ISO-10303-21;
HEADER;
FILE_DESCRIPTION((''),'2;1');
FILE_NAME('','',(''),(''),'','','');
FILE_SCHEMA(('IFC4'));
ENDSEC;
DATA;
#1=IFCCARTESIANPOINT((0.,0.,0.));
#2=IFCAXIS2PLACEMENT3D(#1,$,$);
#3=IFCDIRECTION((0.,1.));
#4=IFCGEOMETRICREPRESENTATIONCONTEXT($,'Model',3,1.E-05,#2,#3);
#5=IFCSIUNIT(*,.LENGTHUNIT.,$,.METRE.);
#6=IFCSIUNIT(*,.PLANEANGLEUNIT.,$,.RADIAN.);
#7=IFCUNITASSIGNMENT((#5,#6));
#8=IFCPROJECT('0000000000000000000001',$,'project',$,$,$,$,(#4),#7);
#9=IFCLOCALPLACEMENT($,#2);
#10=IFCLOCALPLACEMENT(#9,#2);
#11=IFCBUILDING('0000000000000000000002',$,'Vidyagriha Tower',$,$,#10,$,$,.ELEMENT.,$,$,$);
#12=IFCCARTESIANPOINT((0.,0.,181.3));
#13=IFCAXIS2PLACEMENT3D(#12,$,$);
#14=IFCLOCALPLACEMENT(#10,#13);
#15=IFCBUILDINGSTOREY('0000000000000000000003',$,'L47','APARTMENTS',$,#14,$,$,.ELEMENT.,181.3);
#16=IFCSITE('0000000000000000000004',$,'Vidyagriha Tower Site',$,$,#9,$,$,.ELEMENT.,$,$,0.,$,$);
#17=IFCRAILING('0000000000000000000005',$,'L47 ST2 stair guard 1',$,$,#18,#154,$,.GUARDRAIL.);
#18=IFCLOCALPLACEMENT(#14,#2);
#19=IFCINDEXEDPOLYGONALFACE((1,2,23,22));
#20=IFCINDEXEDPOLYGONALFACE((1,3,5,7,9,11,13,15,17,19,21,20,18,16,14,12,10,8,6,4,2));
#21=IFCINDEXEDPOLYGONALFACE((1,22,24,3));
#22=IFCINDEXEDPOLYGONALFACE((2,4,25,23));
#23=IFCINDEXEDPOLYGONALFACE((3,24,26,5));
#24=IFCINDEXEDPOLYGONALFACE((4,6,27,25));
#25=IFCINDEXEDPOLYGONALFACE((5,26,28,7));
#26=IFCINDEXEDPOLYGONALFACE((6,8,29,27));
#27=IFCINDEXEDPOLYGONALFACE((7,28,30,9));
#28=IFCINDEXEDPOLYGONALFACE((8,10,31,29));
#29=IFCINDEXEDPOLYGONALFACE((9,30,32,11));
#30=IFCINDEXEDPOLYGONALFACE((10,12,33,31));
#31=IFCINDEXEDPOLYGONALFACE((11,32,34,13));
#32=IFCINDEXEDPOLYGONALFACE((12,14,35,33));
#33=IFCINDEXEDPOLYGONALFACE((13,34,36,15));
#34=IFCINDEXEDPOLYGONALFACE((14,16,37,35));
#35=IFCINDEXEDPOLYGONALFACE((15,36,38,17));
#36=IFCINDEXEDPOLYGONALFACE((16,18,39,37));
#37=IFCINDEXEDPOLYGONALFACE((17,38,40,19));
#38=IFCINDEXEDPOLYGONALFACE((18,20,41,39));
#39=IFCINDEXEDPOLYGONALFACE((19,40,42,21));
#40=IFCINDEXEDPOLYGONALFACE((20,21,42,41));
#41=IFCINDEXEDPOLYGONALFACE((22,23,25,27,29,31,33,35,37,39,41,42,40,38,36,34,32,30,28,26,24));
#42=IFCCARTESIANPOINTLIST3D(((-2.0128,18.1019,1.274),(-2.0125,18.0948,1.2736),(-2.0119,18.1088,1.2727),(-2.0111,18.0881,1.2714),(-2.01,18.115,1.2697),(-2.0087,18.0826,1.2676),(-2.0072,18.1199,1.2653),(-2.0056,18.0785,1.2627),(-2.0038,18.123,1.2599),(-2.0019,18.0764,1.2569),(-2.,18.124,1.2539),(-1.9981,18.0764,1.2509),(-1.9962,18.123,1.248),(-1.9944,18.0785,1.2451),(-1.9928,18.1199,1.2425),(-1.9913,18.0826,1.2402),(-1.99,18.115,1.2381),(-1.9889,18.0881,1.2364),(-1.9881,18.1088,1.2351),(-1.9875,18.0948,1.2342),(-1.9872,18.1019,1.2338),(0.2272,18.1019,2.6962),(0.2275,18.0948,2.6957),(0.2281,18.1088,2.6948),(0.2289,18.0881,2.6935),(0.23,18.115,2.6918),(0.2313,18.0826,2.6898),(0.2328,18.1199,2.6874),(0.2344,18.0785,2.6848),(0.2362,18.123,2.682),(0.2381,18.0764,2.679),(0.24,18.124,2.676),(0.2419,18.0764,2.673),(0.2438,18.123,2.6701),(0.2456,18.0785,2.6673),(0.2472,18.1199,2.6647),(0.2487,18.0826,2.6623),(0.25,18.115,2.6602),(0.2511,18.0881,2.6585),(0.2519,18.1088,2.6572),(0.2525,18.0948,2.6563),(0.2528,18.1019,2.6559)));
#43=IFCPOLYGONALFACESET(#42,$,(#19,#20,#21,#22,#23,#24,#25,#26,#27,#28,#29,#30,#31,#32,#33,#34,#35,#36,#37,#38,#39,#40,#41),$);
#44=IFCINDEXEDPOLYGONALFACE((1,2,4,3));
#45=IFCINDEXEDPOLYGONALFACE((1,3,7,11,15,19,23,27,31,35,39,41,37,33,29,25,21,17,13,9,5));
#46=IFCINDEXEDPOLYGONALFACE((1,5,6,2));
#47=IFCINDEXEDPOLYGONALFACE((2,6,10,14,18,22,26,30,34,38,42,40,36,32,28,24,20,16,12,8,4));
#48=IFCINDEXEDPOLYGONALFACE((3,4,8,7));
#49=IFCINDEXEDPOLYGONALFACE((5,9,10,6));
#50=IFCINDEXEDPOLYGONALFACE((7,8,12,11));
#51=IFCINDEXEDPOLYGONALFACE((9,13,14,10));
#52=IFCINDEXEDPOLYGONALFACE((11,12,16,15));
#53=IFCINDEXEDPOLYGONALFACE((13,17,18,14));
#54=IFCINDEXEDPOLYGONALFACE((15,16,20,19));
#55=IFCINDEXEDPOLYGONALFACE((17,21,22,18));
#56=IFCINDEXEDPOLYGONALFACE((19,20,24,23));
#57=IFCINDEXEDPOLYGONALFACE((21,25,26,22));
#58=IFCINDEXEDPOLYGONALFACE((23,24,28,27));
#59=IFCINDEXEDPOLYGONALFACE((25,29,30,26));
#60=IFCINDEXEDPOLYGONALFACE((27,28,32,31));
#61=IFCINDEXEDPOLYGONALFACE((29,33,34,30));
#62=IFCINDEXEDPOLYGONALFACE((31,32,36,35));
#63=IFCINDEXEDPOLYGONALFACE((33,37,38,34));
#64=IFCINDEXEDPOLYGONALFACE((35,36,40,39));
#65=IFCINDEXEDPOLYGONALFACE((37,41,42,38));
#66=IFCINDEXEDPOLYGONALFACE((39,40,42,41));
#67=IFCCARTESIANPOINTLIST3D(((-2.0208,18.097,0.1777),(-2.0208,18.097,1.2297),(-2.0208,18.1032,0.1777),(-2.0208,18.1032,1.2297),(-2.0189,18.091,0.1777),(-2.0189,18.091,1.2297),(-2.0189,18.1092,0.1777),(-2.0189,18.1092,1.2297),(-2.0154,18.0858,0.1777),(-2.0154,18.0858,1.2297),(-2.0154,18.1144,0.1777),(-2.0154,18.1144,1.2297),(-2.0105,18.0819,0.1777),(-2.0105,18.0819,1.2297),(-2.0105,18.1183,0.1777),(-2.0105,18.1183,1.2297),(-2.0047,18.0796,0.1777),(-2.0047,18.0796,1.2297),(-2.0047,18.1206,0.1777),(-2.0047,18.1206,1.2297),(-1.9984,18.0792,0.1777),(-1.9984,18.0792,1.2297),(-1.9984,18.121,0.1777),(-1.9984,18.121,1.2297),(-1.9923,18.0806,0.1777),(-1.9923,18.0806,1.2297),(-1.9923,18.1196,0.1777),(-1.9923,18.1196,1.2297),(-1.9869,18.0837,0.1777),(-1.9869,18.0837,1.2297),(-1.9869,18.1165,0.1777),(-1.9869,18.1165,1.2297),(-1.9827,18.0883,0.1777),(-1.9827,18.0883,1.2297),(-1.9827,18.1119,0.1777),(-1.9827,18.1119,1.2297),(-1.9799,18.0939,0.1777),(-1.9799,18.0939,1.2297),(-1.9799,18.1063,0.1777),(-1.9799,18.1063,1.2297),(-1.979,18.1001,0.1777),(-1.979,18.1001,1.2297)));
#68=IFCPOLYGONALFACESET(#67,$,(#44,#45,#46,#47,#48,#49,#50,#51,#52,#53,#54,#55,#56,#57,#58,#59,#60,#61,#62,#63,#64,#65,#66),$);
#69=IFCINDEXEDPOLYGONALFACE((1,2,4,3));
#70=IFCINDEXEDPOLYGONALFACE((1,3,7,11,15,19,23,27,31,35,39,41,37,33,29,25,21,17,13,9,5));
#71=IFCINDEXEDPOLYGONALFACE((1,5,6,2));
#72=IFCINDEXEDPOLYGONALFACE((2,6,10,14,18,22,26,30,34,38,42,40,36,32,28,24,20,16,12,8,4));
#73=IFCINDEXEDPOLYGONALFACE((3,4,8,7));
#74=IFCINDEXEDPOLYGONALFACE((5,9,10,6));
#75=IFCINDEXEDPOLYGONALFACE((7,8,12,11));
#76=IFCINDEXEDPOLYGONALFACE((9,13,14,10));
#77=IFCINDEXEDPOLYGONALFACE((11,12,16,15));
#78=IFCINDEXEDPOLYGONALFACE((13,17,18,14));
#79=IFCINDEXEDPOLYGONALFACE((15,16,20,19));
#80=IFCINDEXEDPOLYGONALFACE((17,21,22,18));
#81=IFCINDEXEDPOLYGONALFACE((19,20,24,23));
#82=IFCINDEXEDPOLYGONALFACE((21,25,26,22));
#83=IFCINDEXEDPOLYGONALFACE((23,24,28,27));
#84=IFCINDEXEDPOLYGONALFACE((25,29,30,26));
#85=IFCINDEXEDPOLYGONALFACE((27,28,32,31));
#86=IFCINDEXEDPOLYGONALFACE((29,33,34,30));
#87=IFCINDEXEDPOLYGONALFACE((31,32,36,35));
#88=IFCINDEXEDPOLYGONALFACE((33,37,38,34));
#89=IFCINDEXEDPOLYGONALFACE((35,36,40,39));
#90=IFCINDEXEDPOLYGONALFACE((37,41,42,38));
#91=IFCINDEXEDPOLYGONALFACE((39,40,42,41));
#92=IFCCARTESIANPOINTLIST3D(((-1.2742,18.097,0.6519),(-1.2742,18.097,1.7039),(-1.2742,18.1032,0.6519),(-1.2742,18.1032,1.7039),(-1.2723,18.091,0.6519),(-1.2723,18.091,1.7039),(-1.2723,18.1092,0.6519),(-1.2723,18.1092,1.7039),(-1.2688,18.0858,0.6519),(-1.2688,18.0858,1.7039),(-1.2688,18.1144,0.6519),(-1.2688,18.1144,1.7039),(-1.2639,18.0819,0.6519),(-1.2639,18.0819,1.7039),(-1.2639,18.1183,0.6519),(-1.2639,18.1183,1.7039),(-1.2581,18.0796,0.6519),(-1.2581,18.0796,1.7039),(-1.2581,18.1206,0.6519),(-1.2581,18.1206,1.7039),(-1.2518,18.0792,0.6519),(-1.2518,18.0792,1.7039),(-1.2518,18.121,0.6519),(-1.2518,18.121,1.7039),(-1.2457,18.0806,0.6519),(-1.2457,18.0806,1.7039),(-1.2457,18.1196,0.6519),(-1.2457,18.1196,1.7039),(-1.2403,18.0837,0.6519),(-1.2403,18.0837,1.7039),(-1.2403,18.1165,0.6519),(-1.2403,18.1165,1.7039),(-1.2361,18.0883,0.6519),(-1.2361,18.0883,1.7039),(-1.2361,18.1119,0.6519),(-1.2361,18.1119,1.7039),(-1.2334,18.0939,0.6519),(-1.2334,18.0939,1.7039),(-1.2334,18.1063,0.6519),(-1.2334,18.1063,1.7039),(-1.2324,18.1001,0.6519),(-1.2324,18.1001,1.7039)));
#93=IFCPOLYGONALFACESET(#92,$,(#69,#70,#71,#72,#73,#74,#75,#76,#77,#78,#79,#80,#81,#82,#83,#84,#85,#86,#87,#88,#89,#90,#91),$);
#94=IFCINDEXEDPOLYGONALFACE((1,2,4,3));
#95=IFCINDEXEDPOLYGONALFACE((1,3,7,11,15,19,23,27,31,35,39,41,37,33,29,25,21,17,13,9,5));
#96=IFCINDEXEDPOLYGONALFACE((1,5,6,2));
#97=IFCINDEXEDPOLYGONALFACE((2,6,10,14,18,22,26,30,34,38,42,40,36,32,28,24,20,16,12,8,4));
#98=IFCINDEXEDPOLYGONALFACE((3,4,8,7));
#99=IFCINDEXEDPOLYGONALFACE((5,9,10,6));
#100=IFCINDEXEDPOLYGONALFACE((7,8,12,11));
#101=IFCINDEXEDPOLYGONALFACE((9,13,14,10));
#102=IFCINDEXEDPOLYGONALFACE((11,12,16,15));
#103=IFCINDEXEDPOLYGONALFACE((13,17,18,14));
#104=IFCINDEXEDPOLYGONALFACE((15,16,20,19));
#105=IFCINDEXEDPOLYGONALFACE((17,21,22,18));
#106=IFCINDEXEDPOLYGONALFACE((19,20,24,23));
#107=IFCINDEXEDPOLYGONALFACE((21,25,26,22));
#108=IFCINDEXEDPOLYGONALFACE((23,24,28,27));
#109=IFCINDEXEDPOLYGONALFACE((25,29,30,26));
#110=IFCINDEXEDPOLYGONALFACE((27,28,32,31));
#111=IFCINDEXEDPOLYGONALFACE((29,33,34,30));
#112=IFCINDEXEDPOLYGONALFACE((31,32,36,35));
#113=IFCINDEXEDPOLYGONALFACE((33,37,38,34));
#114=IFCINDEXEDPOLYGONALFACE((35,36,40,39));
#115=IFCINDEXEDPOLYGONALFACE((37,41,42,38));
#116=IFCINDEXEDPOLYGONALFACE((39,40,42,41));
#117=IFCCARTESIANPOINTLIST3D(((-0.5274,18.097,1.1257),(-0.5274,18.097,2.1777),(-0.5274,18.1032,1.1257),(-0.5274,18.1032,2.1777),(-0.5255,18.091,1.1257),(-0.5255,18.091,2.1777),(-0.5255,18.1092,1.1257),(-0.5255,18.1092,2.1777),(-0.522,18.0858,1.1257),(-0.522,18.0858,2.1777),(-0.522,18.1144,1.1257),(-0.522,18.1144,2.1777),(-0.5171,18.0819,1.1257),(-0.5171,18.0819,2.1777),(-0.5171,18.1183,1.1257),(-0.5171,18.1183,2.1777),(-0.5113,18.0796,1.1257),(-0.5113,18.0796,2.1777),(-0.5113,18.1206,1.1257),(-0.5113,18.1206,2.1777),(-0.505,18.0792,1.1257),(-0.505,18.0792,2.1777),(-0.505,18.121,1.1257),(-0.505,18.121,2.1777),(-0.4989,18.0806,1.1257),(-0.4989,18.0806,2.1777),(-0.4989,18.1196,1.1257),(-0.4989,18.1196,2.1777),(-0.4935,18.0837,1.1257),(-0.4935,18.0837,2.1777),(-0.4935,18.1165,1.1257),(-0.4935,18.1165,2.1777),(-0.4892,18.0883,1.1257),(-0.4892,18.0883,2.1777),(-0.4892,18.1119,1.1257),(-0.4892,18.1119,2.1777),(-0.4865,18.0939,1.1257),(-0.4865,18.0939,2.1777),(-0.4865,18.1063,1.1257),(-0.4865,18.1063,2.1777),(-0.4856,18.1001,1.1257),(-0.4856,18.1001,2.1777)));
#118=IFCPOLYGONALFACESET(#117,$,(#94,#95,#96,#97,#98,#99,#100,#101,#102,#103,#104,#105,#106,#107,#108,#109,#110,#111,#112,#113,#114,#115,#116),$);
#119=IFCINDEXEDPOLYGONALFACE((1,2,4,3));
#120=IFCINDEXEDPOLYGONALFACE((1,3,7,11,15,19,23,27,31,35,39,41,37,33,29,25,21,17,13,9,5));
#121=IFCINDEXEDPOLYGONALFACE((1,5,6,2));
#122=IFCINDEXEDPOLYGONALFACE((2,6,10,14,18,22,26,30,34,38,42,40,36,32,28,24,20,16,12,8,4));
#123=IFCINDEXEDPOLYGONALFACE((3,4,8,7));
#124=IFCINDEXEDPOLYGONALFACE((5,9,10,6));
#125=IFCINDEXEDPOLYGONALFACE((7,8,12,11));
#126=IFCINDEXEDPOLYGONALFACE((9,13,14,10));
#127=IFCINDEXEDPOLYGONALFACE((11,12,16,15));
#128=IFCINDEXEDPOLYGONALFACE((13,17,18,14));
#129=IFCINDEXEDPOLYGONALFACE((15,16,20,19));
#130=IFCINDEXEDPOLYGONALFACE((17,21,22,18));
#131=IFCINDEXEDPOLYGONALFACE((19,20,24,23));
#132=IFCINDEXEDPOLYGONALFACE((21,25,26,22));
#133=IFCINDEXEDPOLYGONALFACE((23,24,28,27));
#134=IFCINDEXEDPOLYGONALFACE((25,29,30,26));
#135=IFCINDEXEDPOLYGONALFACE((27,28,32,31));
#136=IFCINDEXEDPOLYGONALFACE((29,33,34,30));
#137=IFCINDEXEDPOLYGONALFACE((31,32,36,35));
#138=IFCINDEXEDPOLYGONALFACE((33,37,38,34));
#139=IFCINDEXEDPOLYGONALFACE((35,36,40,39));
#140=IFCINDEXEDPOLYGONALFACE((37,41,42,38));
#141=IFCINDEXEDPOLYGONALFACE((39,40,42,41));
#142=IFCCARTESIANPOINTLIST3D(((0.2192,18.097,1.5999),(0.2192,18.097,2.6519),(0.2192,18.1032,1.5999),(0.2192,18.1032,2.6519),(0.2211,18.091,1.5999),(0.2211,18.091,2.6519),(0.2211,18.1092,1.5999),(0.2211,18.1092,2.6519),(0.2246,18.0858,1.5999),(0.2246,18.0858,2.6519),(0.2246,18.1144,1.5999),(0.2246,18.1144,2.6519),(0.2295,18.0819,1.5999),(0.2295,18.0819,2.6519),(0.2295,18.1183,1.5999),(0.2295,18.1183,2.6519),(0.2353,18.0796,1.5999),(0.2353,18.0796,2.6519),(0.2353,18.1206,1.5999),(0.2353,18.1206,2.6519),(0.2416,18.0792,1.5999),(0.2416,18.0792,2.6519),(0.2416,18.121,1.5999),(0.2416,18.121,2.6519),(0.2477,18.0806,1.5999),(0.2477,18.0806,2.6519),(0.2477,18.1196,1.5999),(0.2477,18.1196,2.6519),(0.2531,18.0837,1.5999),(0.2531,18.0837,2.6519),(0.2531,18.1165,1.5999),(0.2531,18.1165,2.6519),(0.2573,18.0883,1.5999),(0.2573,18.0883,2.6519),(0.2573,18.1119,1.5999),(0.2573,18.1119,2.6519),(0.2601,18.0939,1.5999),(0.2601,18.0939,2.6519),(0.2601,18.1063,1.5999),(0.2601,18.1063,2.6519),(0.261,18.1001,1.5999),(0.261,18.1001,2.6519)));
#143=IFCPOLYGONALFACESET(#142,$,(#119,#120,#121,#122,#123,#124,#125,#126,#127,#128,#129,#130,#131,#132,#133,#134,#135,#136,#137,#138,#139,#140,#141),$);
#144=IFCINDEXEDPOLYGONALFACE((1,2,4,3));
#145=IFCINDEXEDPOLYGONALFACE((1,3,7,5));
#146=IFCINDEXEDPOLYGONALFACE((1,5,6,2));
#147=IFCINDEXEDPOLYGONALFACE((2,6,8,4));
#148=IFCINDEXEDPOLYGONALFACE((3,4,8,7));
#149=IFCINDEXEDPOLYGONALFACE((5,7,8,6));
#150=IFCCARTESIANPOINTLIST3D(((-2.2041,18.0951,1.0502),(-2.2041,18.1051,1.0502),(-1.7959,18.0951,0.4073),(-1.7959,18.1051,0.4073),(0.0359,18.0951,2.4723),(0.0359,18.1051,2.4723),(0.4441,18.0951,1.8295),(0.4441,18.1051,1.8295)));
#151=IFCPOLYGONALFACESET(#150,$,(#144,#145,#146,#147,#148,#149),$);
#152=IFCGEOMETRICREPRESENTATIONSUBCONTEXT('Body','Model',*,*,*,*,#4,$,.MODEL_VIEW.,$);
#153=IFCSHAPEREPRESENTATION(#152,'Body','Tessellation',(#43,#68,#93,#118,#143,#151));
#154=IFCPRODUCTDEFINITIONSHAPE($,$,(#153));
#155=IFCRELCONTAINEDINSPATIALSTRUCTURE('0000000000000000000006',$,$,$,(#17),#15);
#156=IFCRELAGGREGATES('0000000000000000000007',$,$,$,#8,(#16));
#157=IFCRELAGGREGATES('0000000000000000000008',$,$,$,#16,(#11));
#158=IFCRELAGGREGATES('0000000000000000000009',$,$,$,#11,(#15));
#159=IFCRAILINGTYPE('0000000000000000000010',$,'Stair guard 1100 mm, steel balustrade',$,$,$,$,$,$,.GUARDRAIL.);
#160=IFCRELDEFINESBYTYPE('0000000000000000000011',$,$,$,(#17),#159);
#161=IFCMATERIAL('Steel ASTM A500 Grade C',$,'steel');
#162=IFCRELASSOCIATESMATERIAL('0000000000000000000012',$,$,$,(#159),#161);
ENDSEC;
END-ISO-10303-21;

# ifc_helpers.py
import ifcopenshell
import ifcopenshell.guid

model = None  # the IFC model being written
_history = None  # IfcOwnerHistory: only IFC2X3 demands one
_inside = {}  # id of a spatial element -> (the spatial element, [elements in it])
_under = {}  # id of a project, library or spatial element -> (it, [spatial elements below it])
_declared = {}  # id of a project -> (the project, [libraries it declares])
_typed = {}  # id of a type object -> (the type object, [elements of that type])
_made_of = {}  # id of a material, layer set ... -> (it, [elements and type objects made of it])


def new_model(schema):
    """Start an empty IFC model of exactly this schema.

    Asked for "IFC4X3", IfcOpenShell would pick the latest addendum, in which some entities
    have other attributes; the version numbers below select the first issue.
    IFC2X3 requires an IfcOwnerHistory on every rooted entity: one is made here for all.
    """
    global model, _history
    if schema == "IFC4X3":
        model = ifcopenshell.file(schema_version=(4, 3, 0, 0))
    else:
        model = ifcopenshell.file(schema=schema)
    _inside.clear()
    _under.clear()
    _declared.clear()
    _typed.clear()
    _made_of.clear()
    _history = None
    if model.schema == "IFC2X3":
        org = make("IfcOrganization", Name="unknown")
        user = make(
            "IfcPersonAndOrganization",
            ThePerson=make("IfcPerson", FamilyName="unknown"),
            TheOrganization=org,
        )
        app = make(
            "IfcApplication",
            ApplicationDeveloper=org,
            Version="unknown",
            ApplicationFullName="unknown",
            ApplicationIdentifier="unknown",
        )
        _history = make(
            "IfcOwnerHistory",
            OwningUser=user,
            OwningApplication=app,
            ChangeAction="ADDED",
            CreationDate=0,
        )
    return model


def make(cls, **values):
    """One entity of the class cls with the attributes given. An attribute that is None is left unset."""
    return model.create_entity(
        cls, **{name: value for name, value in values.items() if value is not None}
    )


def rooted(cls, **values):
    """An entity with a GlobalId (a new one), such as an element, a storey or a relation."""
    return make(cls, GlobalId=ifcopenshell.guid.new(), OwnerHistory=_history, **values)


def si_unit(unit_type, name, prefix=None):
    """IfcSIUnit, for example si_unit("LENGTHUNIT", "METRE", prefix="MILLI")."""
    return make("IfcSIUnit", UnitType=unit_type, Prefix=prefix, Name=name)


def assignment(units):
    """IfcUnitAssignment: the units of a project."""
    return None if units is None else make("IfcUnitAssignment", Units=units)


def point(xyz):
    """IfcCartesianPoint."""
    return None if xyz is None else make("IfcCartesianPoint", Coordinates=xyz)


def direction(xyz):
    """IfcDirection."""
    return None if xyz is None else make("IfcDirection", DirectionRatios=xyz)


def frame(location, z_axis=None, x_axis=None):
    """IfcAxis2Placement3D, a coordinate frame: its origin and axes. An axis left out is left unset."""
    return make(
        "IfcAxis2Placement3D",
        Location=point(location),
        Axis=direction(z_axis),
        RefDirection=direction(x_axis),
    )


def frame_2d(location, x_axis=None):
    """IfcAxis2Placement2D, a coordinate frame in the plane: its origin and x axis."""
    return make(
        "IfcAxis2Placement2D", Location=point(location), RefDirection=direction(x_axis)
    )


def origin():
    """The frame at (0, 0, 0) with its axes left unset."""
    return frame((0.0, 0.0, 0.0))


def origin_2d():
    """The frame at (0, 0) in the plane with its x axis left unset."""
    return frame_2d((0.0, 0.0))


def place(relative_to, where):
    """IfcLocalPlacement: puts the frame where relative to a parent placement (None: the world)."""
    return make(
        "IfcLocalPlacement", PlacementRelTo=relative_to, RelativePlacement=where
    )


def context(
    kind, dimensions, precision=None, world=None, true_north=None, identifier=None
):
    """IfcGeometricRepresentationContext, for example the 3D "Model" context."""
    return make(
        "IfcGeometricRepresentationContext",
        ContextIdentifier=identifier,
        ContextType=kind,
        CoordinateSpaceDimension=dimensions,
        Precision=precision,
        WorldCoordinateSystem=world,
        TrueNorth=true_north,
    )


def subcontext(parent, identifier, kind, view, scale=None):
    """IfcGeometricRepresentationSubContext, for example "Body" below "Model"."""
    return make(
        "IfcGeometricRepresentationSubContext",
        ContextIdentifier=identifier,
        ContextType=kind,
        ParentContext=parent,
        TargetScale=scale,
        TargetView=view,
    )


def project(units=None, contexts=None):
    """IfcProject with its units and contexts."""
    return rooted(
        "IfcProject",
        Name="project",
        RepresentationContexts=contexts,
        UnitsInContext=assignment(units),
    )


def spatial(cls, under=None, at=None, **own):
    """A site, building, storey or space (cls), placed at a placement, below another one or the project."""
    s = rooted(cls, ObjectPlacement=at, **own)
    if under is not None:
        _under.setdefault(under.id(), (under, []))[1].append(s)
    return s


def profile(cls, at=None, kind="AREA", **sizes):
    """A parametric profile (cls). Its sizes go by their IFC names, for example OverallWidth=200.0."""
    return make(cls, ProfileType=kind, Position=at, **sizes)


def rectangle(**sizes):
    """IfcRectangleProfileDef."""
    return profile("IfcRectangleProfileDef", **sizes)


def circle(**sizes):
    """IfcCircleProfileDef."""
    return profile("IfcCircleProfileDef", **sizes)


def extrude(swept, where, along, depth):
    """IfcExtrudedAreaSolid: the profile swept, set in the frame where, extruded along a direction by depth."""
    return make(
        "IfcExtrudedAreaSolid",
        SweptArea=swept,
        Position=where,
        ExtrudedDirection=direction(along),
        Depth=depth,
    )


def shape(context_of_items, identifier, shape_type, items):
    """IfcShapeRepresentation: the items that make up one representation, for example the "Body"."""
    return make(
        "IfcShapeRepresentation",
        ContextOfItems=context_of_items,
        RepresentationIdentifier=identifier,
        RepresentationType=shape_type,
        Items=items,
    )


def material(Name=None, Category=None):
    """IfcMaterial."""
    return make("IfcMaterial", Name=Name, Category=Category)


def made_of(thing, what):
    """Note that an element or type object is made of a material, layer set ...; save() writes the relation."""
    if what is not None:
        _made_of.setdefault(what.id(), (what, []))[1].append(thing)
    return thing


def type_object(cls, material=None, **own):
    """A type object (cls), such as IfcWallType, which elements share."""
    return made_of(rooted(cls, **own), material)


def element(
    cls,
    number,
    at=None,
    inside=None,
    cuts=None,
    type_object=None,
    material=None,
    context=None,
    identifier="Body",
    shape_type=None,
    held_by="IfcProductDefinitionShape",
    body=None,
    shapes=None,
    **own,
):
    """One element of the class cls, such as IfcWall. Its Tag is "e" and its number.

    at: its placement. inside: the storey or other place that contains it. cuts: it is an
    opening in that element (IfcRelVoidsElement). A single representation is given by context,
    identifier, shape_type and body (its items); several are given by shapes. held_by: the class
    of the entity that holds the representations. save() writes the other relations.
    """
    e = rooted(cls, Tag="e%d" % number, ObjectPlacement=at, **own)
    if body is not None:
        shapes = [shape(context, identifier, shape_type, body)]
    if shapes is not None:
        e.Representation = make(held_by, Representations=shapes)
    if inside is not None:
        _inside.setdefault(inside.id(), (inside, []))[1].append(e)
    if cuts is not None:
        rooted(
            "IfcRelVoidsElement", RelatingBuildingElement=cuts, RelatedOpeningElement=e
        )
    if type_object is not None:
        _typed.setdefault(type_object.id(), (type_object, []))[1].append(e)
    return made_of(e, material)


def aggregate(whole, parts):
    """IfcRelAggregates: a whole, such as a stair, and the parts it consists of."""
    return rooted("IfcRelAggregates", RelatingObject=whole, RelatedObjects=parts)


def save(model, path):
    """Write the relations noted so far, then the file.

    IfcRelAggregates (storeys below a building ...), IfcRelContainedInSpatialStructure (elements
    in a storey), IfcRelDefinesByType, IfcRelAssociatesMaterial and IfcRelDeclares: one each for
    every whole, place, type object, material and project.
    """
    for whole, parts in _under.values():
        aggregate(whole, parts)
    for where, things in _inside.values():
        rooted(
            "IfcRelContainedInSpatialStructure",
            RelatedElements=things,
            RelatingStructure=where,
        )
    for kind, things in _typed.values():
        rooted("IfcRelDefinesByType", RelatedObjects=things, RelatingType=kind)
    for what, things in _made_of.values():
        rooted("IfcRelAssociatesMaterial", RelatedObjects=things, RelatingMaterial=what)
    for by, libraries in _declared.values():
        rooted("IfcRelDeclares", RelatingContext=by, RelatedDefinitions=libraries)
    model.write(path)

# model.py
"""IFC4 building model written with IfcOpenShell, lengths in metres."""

from ifc_helpers import new_model, si_unit, direction, frame, origin, origin_2d, place, context, subcontext, project, spatial, rectangle, circle, extrude, material, type_object, element, save


model = new_model("IFC4")

# Units and contexts
model_context = context("Model", 3, precision=1e-05, world=origin(), true_north=direction((0.0, 1.0)))
body_context = subcontext(model_context, "Body", "Model", "MODEL_VIEW")
ifc_project = project(units=[si_unit("LENGTHUNIT", "METRE"), si_unit("PLANEANGLEUNIT", "RADIAN")], contexts=[model_context])

# Site, building, storey
site_placement = place(None, origin())
site = spatial("IfcSite", under=ifc_project, at=site_placement, Name="Vidyagriha Tower Site", CompositionType="ELEMENT", RefElevation=0.0)
building_placement = place(site_placement, origin())
building = spatial("IfcBuilding", under=site, at=building_placement, Name="Vidyagriha Tower", CompositionType="ELEMENT")
storey_placement = place(building_placement, frame((0.0, 0.0, 181.3)))
storey = spatial("IfcBuildingStorey", under=building, at=storey_placement, Name="L47", Description="APARTMENTS", CompositionType="ELEMENT", Elevation=181.3)

# Railing
ifc_material_1 = material(Name="Steel ASTM A500 Grade C", Category="steel")
railing_type_1 = type_object("IfcRailingType", Name="Stair guard 1100 mm, steel balustrade", PredefinedType="GUARDRAIL", material=ifc_material_1)
railing_1_placement = place(storey_placement, frame((-2.0, 18.1001, 0.1777)))
element("IfcRailing", 1, at=railing_1_placement, inside=storey, type_object=railing_type_1, Name="L47 ST2 stair guard 1", PredefinedType="GUARDRAIL", context=body_context, shape_type="SweptSolid", body=[
    extrude(circle(Radius=0.0239, at=origin_2d()), frame((0.0, 0.0, 1.0762), z_axis=(0.844229, 0.0, 0.535982), x_axis=(0.0, 1.0, 0.0)), (0.0, 0.0, 1.0), 2.6533),
    extrude(circle(Radius=0.021, at=origin_2d()), origin(), (0.0, 0.0, 1.0), 1.052),
    extrude(circle(Radius=0.021, at=origin_2d()), frame((0.7466, 0.0, 0.4741)), (0.0, 0.0, 1.0), 1.052),
    extrude(circle(Radius=0.021, at=origin_2d()), frame((1.4934, 0.0, 0.948)), (0.0, 0.0, 1.0), 1.052),
    extrude(circle(Radius=0.021, at=origin_2d()), frame((2.24, 0.0, 1.4221)), (0.0, 0.0, 1.0), 1.052),
    extrude(rectangle(XDim=0.01, YDim=0.7615, at=origin_2d()), frame((0.0, 0.0, 0.551), z_axis=(0.844229, 0.0, 0.535982), x_axis=(0.0, 1.0, 0.0)), (0.0, 0.0, 1.0), 2.6533),
])

save(model, "model.ifc")
